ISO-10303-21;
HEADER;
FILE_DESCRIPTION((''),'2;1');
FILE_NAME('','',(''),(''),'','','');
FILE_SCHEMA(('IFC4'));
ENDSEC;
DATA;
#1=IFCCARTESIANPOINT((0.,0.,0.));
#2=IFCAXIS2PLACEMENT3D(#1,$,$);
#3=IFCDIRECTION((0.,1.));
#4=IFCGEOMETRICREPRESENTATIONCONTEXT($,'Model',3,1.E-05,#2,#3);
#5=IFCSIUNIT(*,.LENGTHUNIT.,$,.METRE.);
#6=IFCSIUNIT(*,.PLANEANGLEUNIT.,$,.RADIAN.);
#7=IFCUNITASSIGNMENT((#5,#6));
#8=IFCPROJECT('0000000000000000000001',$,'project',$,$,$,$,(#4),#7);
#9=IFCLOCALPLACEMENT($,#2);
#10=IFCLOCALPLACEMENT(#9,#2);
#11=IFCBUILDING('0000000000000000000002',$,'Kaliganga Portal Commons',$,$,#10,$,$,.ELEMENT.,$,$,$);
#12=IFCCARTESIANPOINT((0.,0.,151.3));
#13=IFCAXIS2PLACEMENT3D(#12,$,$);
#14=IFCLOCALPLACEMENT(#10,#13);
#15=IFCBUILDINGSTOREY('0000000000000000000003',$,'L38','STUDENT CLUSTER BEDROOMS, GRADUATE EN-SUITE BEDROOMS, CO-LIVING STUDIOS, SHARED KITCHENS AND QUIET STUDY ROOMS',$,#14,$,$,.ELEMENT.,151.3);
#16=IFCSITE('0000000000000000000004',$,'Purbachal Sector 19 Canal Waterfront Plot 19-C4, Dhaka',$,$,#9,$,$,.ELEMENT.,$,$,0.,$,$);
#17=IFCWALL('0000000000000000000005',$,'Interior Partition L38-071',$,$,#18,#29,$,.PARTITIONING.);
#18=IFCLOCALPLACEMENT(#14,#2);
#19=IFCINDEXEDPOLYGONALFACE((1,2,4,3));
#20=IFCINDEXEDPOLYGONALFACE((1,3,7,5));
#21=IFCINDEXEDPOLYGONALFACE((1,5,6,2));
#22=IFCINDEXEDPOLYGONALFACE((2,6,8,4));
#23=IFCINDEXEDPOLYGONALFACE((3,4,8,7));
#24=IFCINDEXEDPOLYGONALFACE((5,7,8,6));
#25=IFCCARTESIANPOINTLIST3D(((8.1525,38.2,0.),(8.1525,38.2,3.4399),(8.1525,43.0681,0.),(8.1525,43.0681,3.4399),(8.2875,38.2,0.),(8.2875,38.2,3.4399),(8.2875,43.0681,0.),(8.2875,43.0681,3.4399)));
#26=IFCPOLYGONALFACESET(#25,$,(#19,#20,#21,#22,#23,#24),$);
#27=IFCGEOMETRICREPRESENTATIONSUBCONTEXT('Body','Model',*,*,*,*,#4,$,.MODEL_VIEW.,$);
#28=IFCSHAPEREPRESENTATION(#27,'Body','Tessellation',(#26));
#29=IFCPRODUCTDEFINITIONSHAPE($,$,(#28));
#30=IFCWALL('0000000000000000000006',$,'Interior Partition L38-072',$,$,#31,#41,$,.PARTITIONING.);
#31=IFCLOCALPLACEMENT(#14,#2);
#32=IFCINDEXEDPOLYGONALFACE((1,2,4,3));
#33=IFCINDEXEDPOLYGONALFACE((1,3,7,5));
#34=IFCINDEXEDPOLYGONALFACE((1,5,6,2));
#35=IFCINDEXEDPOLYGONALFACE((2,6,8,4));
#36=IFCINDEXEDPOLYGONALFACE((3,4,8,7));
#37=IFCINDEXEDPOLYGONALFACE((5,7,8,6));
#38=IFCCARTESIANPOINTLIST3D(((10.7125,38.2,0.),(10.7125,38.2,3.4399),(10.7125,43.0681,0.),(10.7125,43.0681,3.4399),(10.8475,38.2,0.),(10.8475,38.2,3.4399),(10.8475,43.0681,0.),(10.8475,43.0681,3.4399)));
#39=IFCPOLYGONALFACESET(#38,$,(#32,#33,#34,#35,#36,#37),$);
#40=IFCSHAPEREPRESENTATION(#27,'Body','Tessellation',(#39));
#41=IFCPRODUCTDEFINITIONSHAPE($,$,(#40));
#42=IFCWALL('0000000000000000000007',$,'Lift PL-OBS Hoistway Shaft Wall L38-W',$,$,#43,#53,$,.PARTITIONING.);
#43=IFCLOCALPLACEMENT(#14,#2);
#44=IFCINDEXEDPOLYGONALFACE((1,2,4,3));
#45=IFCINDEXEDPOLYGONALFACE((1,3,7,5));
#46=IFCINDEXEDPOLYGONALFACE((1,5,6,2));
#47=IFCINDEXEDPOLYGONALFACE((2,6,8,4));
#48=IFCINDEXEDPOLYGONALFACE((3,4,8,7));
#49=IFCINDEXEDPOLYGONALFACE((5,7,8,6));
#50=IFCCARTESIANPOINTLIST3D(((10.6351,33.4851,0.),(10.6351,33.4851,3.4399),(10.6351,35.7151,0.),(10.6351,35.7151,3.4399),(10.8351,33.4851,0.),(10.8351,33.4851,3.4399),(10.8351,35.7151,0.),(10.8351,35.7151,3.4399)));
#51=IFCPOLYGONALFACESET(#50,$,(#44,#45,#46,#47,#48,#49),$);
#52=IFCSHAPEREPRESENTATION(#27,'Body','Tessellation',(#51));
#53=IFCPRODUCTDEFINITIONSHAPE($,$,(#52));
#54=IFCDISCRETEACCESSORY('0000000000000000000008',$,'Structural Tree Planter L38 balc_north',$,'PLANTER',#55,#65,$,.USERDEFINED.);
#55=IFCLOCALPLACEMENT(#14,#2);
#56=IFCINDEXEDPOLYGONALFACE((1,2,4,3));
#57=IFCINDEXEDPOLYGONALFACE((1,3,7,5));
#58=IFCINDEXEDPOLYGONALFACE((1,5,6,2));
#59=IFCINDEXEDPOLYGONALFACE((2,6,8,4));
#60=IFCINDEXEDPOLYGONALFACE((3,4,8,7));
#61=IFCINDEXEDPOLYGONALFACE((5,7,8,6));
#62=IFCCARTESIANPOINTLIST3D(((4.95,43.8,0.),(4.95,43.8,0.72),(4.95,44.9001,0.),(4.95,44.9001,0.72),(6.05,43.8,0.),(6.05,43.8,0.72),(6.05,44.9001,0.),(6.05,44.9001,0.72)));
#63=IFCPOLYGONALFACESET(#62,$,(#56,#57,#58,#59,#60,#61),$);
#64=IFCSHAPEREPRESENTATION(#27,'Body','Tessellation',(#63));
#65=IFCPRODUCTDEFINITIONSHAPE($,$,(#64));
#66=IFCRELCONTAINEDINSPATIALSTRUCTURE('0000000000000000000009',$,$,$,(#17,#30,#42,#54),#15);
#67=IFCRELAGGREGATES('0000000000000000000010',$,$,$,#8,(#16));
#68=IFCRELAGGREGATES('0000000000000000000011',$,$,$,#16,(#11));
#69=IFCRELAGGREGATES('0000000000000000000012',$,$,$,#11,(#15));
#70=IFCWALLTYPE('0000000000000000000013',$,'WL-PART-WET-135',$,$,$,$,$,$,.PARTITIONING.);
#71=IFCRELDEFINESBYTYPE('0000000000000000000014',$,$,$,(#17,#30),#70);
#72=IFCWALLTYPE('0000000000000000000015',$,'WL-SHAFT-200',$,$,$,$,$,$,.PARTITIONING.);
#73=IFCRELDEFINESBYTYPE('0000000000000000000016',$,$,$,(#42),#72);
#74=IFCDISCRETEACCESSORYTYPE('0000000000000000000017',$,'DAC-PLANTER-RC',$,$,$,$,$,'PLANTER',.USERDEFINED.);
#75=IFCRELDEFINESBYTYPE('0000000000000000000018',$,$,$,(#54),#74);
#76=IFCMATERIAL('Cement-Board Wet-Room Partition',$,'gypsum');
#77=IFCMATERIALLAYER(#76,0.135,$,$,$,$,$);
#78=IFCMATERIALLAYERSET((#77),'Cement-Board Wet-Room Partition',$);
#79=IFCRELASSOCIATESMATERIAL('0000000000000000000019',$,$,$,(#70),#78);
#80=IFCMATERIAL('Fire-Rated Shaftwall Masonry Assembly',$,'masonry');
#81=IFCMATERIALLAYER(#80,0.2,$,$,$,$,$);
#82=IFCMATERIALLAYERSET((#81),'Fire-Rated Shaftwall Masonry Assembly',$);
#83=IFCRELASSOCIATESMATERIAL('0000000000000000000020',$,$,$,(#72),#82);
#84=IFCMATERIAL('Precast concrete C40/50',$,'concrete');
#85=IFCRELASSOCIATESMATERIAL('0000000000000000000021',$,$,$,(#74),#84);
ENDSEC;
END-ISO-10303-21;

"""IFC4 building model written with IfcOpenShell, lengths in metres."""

from ifc_helpers import new_model, si_unit, direction, frame, frame_2d, origin, origin_2d, place, context, subcontext, project, spatial, rectangle, extrude, source, transform, mapped, material, layer, layer_set, type_object, element, save


model = new_model("IFC4")

# Units and contexts
model_context = context("Model", 3, precision=1e-05, world=origin(), true_north=direction((0.0, 1.0)))
body_context = subcontext(model_context, "Body", "Model", "MODEL_VIEW")
ifc_project = project(units=[si_unit("LENGTHUNIT", "METRE"), si_unit("PLANEANGLEUNIT", "RADIAN")], contexts=[model_context])

# Site, building, storey
site_placement = place(None, origin())
site = spatial("IfcSite", under=ifc_project, at=site_placement, Name="Purbachal Sector 19 Canal Waterfront Plot 19-C4, Dhaka", CompositionType="ELEMENT", RefElevation=0.0)
building_placement = place(site_placement, origin())
building = spatial("IfcBuilding", under=site, at=building_placement, Name="Kaliganga Portal Commons", CompositionType="ELEMENT")
storey_placement = place(building_placement, frame((0.0, 0.0, 151.3)))
storey = spatial("IfcBuildingStorey", under=building, at=storey_placement, Name="L38", Description="STUDENT CLUSTER BEDROOMS, GRADUATE EN-SUITE BEDROOMS, CO-LIVING STUDIOS, SHARED KITCHENS AND QUIET STUDY ROOMS", CompositionType="ELEMENT", Elevation=151.3)

# Walls
ifc_material_1 = material(Name="Cement-Board Wet-Room Partition", Category="gypsum")
ifc_layer_1 = layer(ifc_material_1, 0.135)
ifc_layer_set_1 = layer_set([ifc_layer_1], Name="Cement-Board Wet-Room Partition")
wall_type_1 = type_object("IfcWallType", Name="WL-PART-WET-135", PredefinedType="PARTITIONING", material=ifc_layer_set_1)
for number, where, z_axis, x_axis, name in (
    (1, (8.22, 38.2, 0.0), (0.0, 0.0, 1.0), (0.0, 1.0, 0.0), "Interior Partition L38-071"),
    (2, (10.78, 38.2, 0.0), (0.0, 0.0, 1.0), (0.0, 1.0, 0.0), "Interior Partition L38-072"),
):
    element("IfcWall", number, at=place(storey_placement, frame(where, z_axis=z_axis, x_axis=x_axis)), inside=storey, type_object=wall_type_1, Name=name, PredefinedType="PARTITIONING", context=body_context, shape_type="SweptSolid", body=[
        extrude(rectangle(XDim=4.8682, YDim=0.135, at=frame_2d((2.4341, 0.0))), origin(), (0.0, 0.0, 1.0), 3.4399),
    ])
ifc_material_2 = material(Name="Fire-Rated Shaftwall Masonry Assembly", Category="masonry")
ifc_layer_2 = layer(ifc_material_2, 0.2)
ifc_layer_set_2 = layer_set([ifc_layer_2], Name="Fire-Rated Shaftwall Masonry Assembly")
wall_type_2 = type_object("IfcWallType", Name="WL-SHAFT-200", PredefinedType="PARTITIONING", material=ifc_layer_set_2)
wall_1_placement = place(storey_placement, frame((10.7351, 33.4851, 0.0), z_axis=(0.0, 0.0, 1.0), x_axis=(0.0, 1.0, 0.0)))
element("IfcWall", 3, at=wall_1_placement, inside=storey, type_object=wall_type_2, Name="Lift PL-OBS Hoistway Shaft Wall L38-W", PredefinedType="PARTITIONING", context=body_context, shape_type="SweptSolid", body=[
    extrude(rectangle(XDim=2.23, YDim=0.2, at=frame_2d((1.115, 0.0))), origin(), (0.0, 0.0, 1.0), 3.4399),
])

# Discrete accessory
ifc_material_3 = material(Name="Precast concrete C40/50", Category="concrete")
discrete_accessory_type = type_object("IfcDiscreteAccessoryType", Name="DAC-PLANTER-RC", ElementType="PLANTER", PredefinedType="USERDEFINED", material=ifc_material_3)
shared_shape_1 = source(origin(), body_context, "Body", "SweptSolid", [
    extrude(rectangle(XDim=1.1001, YDim=1.1001, at=origin_2d()), origin(), (0.0, 0.0, 1.0), 0.72),
])
discrete_accessory_placement = place(storey_placement, frame((5.5, 44.3501, 0.0), z_axis=(0.0, 0.0, 1.0), x_axis=(1.0, 0.0, 0.0)))
element("IfcDiscreteAccessory", 4, at=discrete_accessory_placement, inside=storey, type_object=discrete_accessory_type, Name="Structural Tree Planter L38 balc_north", ObjectType="PLANTER", PredefinedType="USERDEFINED", context=body_context, shape_type="MappedRepresentation", body=[
    mapped(shared_shape_1, transform((0.0, 0.0, 0.0), x_axis=(1.0, 0.0, 0.0), y_axis=(0.0, 1.0, 0.0), z_axis=(0.0, 0.0, 1.0), scale=1.0)),
])

save(model, "model.ifc")
